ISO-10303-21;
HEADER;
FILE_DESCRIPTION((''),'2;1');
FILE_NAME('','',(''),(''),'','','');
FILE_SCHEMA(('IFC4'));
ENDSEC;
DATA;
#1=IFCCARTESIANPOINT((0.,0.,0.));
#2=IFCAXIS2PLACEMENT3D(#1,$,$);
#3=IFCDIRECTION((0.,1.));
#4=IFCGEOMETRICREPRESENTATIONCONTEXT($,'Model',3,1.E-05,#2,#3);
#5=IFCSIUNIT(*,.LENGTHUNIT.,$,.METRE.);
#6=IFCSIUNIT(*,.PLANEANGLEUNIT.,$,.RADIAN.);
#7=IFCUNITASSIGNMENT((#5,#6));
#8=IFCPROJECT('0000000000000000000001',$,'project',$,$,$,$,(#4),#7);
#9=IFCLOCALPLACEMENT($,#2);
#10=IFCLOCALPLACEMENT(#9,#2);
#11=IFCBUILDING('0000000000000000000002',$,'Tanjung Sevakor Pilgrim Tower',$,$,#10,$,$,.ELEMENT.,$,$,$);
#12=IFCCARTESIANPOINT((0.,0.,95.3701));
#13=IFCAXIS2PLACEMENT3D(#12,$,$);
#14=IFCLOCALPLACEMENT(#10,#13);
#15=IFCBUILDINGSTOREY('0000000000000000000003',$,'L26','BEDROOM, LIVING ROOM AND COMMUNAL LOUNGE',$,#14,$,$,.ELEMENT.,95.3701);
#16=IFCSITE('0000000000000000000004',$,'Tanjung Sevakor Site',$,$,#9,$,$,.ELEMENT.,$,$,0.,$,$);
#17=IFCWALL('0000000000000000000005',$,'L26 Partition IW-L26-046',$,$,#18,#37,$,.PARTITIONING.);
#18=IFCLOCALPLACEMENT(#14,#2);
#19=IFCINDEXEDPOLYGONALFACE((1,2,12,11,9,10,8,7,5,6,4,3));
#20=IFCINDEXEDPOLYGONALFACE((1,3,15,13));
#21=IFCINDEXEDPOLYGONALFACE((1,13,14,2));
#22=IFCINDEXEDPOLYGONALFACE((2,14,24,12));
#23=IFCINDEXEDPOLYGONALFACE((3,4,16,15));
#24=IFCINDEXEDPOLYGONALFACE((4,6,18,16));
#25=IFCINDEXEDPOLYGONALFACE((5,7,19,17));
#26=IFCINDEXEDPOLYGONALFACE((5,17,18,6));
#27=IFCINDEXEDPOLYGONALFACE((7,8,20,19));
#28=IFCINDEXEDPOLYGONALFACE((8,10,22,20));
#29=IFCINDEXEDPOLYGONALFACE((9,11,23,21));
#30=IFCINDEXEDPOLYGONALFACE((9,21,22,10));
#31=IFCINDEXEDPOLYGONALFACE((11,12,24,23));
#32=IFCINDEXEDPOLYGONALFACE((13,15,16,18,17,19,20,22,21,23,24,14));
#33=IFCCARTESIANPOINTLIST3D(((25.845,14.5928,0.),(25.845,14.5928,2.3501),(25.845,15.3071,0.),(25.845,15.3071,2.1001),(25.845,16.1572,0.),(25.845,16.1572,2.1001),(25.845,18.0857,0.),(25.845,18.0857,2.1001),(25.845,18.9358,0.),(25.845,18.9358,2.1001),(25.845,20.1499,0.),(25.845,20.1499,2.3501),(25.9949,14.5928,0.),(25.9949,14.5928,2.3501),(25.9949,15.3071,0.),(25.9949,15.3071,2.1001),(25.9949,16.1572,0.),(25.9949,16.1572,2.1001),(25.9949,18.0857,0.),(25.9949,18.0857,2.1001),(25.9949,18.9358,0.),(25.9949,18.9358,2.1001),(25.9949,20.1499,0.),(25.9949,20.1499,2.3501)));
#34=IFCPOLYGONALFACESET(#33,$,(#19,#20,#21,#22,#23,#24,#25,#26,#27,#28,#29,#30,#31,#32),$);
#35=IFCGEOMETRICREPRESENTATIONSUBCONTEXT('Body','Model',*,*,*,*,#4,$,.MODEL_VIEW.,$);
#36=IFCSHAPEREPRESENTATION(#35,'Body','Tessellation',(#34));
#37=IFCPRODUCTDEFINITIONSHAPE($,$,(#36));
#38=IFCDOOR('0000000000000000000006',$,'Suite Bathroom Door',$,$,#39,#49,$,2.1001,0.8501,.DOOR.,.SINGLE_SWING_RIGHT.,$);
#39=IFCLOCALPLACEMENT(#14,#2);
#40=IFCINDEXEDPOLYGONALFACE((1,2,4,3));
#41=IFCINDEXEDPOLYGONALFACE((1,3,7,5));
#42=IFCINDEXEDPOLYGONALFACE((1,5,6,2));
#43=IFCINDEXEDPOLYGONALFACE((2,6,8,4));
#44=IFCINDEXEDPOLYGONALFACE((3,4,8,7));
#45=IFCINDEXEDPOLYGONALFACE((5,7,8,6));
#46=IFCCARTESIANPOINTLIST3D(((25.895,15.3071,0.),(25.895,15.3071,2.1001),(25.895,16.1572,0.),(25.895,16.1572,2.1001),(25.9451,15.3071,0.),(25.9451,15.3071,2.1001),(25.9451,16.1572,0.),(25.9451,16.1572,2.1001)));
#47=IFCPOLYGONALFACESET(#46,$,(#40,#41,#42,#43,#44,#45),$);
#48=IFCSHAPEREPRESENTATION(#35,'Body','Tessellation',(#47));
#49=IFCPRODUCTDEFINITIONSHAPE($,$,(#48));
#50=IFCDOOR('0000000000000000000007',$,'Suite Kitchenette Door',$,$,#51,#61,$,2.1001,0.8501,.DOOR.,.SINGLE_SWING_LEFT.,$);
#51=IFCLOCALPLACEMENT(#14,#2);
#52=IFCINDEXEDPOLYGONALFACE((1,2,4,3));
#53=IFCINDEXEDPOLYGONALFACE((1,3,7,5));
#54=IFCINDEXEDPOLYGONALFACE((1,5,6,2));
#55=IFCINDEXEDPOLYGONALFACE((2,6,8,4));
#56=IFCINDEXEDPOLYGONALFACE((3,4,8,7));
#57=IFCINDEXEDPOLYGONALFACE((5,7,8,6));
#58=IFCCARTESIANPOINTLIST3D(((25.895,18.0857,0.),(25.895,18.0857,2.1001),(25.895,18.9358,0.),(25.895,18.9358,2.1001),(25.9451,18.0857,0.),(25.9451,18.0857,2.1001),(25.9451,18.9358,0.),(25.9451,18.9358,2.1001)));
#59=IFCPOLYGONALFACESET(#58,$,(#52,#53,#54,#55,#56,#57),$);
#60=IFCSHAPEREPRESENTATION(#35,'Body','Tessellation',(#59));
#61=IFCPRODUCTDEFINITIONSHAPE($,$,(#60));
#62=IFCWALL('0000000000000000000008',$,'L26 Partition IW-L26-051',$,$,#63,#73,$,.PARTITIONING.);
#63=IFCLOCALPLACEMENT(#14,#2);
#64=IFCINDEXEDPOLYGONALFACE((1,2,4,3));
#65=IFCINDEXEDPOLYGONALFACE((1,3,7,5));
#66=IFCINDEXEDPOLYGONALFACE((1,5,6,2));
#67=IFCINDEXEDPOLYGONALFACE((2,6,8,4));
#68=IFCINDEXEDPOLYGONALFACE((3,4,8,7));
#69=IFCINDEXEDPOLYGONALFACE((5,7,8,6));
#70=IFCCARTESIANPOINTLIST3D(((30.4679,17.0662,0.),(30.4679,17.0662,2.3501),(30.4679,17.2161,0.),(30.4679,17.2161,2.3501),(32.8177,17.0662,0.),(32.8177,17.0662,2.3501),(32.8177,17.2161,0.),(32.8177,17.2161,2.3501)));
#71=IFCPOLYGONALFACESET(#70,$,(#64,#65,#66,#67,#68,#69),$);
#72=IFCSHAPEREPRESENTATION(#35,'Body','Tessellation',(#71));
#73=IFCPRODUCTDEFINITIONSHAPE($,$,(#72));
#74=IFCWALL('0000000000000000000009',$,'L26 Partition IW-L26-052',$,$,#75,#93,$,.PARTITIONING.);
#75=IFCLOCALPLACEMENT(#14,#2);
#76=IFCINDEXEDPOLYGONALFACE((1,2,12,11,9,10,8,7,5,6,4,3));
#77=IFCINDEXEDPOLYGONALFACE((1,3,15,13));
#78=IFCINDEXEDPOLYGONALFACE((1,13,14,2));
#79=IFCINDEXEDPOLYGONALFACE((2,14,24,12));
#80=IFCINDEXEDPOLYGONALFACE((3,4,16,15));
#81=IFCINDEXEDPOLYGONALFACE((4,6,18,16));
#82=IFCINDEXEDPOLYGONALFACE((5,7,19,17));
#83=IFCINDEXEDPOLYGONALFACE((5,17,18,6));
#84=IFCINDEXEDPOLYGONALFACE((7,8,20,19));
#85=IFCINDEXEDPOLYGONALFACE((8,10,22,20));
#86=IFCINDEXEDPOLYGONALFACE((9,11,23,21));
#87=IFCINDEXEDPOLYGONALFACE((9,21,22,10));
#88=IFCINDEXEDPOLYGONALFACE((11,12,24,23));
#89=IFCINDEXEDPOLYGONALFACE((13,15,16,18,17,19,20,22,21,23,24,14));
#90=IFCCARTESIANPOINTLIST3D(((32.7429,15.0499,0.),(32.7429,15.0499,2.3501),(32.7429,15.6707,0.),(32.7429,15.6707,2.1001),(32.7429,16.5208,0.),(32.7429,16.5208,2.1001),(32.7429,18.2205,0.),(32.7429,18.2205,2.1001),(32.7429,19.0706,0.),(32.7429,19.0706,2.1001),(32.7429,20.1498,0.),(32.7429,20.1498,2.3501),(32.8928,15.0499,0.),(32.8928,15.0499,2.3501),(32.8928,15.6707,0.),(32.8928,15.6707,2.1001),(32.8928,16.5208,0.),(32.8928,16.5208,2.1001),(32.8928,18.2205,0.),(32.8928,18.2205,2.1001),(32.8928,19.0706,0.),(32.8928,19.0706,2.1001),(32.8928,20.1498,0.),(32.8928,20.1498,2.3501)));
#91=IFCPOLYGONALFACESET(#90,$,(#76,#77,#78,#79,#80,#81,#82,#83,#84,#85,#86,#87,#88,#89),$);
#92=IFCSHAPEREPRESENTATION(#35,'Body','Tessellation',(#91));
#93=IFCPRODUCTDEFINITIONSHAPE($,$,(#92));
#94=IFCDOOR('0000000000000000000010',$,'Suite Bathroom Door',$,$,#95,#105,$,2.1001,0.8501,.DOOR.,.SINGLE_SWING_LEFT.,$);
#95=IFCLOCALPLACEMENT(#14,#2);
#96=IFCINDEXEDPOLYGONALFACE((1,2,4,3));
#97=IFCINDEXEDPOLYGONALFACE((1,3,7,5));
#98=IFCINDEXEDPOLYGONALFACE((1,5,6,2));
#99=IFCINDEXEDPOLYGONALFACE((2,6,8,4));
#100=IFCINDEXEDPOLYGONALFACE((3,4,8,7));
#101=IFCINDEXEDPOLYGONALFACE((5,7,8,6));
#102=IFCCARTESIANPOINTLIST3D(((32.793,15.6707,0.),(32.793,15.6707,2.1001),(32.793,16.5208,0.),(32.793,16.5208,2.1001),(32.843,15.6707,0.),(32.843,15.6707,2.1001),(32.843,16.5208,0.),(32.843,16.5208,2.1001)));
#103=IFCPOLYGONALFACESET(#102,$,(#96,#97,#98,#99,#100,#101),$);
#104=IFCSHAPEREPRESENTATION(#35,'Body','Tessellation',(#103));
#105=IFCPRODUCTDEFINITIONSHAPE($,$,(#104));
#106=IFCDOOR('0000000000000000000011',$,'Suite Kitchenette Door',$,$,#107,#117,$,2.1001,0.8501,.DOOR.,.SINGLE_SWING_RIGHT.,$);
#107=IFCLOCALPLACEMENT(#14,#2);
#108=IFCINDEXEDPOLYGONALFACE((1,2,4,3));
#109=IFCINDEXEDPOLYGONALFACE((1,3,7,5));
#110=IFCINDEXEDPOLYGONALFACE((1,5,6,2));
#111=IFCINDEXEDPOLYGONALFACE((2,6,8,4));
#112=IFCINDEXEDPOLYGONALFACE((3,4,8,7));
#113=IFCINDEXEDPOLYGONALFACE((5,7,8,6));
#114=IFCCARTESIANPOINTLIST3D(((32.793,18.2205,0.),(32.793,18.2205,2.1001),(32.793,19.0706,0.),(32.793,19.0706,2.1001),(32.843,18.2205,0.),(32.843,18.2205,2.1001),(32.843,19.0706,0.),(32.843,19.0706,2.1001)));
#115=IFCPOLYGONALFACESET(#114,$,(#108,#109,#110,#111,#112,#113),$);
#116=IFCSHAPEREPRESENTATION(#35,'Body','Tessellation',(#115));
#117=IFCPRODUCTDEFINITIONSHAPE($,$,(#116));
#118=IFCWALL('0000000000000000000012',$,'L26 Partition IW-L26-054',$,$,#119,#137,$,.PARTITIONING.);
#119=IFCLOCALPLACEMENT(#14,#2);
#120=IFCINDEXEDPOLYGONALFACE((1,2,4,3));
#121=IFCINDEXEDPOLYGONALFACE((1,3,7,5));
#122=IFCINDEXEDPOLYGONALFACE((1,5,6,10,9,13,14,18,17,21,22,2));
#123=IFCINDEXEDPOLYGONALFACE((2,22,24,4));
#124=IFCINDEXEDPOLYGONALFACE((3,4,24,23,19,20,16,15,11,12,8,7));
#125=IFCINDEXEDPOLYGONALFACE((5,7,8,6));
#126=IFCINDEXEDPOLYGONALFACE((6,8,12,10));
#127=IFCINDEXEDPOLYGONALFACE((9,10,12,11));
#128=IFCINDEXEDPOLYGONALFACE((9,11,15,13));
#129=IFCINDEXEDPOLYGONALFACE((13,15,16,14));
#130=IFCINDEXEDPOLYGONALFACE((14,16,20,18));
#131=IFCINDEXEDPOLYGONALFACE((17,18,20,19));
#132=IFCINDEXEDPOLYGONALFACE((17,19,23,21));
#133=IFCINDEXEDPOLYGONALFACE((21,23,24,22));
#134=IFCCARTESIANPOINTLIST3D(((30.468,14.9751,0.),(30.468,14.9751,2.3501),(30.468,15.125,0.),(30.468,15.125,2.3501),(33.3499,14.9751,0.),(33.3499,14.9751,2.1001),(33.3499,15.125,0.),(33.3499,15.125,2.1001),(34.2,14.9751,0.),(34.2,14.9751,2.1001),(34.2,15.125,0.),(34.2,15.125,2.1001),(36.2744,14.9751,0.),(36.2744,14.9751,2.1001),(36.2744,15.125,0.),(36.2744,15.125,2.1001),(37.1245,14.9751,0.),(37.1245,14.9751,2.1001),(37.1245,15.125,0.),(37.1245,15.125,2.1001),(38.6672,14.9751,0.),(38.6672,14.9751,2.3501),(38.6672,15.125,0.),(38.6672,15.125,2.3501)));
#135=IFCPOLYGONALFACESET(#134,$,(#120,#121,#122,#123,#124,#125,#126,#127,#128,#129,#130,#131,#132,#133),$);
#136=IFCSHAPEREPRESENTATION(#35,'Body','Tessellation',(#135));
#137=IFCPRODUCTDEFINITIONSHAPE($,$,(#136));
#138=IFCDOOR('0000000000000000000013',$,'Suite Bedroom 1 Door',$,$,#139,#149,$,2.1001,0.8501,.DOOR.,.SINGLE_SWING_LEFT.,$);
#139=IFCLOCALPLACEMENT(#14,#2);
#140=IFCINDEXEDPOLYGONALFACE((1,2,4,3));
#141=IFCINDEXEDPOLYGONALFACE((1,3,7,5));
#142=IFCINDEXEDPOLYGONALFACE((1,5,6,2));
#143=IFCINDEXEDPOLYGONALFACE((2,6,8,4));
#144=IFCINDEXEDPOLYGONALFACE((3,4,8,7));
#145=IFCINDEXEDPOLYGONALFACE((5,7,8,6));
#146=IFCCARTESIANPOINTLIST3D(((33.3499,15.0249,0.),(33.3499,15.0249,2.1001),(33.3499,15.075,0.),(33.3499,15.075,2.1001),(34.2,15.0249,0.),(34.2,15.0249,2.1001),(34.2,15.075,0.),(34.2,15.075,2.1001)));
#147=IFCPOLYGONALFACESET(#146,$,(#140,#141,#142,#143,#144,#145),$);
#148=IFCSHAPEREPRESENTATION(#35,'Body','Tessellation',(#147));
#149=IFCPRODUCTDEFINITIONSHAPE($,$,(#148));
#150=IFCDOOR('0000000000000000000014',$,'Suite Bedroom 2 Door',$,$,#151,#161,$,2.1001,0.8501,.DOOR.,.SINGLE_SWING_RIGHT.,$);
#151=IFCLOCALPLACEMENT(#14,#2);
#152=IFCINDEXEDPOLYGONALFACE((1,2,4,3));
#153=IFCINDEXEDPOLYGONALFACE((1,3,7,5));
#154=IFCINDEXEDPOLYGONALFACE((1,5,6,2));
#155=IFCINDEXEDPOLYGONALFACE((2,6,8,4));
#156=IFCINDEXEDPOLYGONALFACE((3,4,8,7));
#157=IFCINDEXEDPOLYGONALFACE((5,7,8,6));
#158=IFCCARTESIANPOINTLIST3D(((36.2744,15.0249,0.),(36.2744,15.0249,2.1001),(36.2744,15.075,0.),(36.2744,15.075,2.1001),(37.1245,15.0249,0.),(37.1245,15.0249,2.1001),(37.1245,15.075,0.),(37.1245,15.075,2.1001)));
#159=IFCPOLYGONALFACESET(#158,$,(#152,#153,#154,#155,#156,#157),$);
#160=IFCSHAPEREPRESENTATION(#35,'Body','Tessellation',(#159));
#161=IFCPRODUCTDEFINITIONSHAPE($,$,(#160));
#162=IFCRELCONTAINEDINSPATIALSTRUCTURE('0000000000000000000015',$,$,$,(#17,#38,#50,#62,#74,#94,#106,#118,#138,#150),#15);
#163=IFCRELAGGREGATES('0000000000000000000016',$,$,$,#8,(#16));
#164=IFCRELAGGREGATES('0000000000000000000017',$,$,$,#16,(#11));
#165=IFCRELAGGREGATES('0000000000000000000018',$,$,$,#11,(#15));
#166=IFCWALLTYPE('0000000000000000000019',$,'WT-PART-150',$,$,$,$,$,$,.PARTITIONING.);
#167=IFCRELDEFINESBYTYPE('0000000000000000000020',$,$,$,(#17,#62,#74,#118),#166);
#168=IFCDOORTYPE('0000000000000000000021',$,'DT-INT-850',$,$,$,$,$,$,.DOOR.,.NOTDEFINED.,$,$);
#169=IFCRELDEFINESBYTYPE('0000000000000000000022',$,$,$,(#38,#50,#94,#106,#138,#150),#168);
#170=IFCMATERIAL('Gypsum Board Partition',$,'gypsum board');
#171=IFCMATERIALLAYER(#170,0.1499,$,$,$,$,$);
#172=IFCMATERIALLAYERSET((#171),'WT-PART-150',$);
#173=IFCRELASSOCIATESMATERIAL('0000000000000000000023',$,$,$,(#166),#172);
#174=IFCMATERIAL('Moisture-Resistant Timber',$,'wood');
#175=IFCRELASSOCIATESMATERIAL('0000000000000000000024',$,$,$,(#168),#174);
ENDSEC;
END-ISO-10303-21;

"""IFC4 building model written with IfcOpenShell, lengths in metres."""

from ifc_helpers import new_model, si_unit, direction, frame, frame_2d, origin, place, context, subcontext, project, spatial, rectangle, extrude, material, layer, layer_set, type_object, element, fill, save


model = new_model("IFC4")

# Units and contexts
model_context = context("Model", 3, precision=1e-05, world=origin(), true_north=direction((0.0, 1.0)))
body_context = subcontext(model_context, "Body", "Model", "MODEL_VIEW")
ifc_project = project(units=[si_unit("LENGTHUNIT", "METRE"), si_unit("PLANEANGLEUNIT", "RADIAN")], contexts=[model_context])

# Site, building, storey
site_placement = place(None, origin())
site = spatial("IfcSite", under=ifc_project, at=site_placement, Name="Tanjung Sevakor Site", CompositionType="ELEMENT", RefElevation=0.0)
building_placement = place(site_placement, origin())
building = spatial("IfcBuilding", under=site, at=building_placement, Name="Tanjung Sevakor Pilgrim Tower", CompositionType="ELEMENT")
storey_placement = place(building_placement, frame((0.0, 0.0, 95.3701)))
storey = spatial("IfcBuildingStorey", under=building, at=storey_placement, Name="L26", Description="BEDROOM, LIVING ROOM AND COMMUNAL LOUNGE", CompositionType="ELEMENT", Elevation=95.3701)

# Wall, openings, doors
ifc_material_1 = material(Name="Gypsum Board Partition", Category="gypsum board")
ifc_layer_1 = layer(ifc_material_1, 0.1499)
ifc_layer_set_1 = layer_set([ifc_layer_1], Name="WT-PART-150")
wall_type_1 = type_object("IfcWallType", Name="WT-PART-150", PredefinedType="PARTITIONING", material=ifc_layer_set_1)
wall_1_placement = place(storey_placement, frame((25.9199, 14.5928, 0.0), z_axis=(0.0, 0.0, 1.0), x_axis=(0.0, 1.0, 0.0)))
wall_1 = element("IfcWall", 1, at=wall_1_placement, inside=storey, type_object=wall_type_1, Name="L26 Partition IW-L26-046", PredefinedType="PARTITIONING", context=body_context, shape_type="SweptSolid", body=[
    extrude(rectangle(XDim=5.5571, YDim=0.1499, at=frame_2d((2.7786, 0.0))), origin(), (0.0, 0.0, 1.0), 2.3501),
])
opening_1_placement = place(wall_1_placement, frame((0.7144, 0.0, 0.0)))
opening_1 = element("IfcOpeningElement", 2, at=opening_1_placement, cuts=wall_1, PredefinedType="OPENING", context=body_context, shape_type="SweptSolid", body=[
    extrude(rectangle(XDim=0.8501, YDim=2.1001, at=frame_2d((0.425, 1.05))), frame((0.0, 0.085, 0.0), z_axis=(0.0, -1.0, 0.0), x_axis=(1.0, 0.0, 0.0)), (0.0, 0.0, 1.0), 0.1699),
])
opening_2_placement = place(wall_1_placement, frame((3.4929, 0.0, 0.0)))
opening_2 = element("IfcOpeningElement", 3, at=opening_2_placement, cuts=wall_1, PredefinedType="OPENING", context=body_context, shape_type="SweptSolid", body=[
    extrude(rectangle(XDim=0.8501, YDim=2.1001, at=frame_2d((0.425, 1.05))), frame((0.0, 0.085, 0.0), z_axis=(0.0, -1.0, 0.0), x_axis=(1.0, 0.0, 0.0)), (0.0, 0.0, 1.0), 0.1699),
])
ifc_material_2 = material(Name="Moisture-Resistant Timber", Category="wood")
door_type_1 = type_object("IfcDoorType", Name="DT-INT-850", OperationType="NOTDEFINED", PredefinedType="DOOR", material=ifc_material_2)
door_1_placement = place(opening_1_placement, origin())
door_1 = element("IfcDoor", 4, at=door_1_placement, inside=storey, type_object=door_type_1, Name="Suite Bathroom Door", OperationType="SINGLE_SWING_RIGHT", OverallHeight=2.1001, OverallWidth=0.8501, PredefinedType="DOOR", context=body_context, shape_type="SweptSolid", body=[
    extrude(rectangle(XDim=0.8501, YDim=2.1001, at=frame_2d((0.425, 1.05))), frame((0.0, 0.0249, 0.0), z_axis=(0.0, -1.0, 0.0), x_axis=(1.0, 0.0, 0.0)), (0.0, 0.0, 1.0), 0.05),
])
fill(opening_1, door_1)
door_2_placement = place(opening_2_placement, origin())
door_2 = element("IfcDoor", 5, at=door_2_placement, inside=storey, type_object=door_type_1, Name="Suite Kitchenette Door", OperationType="SINGLE_SWING_LEFT", OverallHeight=2.1001, OverallWidth=0.8501, PredefinedType="DOOR", context=body_context, shape_type="SweptSolid", body=[
    extrude(rectangle(XDim=0.8501, YDim=2.1001, at=frame_2d((0.425, 1.05))), frame((0.0, 0.0249, 0.0), z_axis=(0.0, -1.0, 0.0), x_axis=(1.0, 0.0, 0.0)), (0.0, 0.0, 1.0), 0.05),
])
fill(opening_2, door_2)

# Wall
wall_2_placement = place(storey_placement, frame((30.468, 17.1411, 0.0), z_axis=(0.0, 0.0, 1.0), x_axis=(1.0, 0.0, 0.0)))
element("IfcWall", 6, at=wall_2_placement, inside=storey, type_object=wall_type_1, Name="L26 Partition IW-L26-051", PredefinedType="PARTITIONING", context=body_context, shape_type="SweptSolid", body=[
    extrude(rectangle(XDim=2.3499, YDim=0.1499, at=frame_2d((1.1748, 0.0))), origin(), (0.0, 0.0, 1.0), 2.3501),
])

# Walls, openings, doors
wall_3_placement = place(storey_placement, frame((32.8179, 15.05, 0.0), z_axis=(0.0, 0.0, 1.0), x_axis=(0.0, 1.0, 0.0)))
wall_3 = element("IfcWall", 7, at=wall_3_placement, inside=storey, type_object=wall_type_1, Name="L26 Partition IW-L26-052", PredefinedType="PARTITIONING", context=body_context, shape_type="SweptSolid", body=[
    extrude(rectangle(XDim=5.0999, YDim=0.1499, at=frame_2d((2.5498, 0.0))), origin(), (0.0, 0.0, 1.0), 2.3501),
])
opening_3_placement = place(wall_3_placement, frame((0.6206, 0.0, 0.0)))
opening_3 = element("IfcOpeningElement", 8, at=opening_3_placement, cuts=wall_3, PredefinedType="OPENING", context=body_context, shape_type="SweptSolid", body=[
    extrude(rectangle(XDim=0.8501, YDim=2.1001, at=frame_2d((0.425, 1.05))), frame((0.0, 0.085, 0.0), z_axis=(0.0, -1.0, 0.0), x_axis=(1.0, 0.0, 0.0)), (0.0, 0.0, 1.0), 0.1699),
])
opening_4_placement = place(wall_3_placement, frame((3.1704, 0.0, 0.0)))
opening_4 = element("IfcOpeningElement", 9, at=opening_4_placement, cuts=wall_3, PredefinedType="OPENING", context=body_context, shape_type="SweptSolid", body=[
    extrude(rectangle(XDim=0.8501, YDim=2.1001, at=frame_2d((0.425, 1.05))), frame((0.0, 0.085, 0.0), z_axis=(0.0, -1.0, 0.0), x_axis=(1.0, 0.0, 0.0)), (0.0, 0.0, 1.0), 0.1699),
])
door_3_placement = place(opening_3_placement, origin())
door_3 = element("IfcDoor", 10, at=door_3_placement, inside=storey, type_object=door_type_1, Name="Suite Bathroom Door", OperationType="SINGLE_SWING_LEFT", OverallHeight=2.1001, OverallWidth=0.8501, PredefinedType="DOOR", context=body_context, shape_type="SweptSolid", body=[
    extrude(rectangle(XDim=0.8501, YDim=2.1001, at=frame_2d((0.425, 1.05))), frame((0.0, 0.0249, 0.0), z_axis=(0.0, -1.0, 0.0), x_axis=(1.0, 0.0, 0.0)), (0.0, 0.0, 1.0), 0.05),
])
fill(opening_3, door_3)
door_4_placement = place(opening_4_placement, origin())
door_4 = element("IfcDoor", 11, at=door_4_placement, inside=storey, type_object=door_type_1, Name="Suite Kitchenette Door", OperationType="SINGLE_SWING_RIGHT", OverallHeight=2.1001, OverallWidth=0.8501, PredefinedType="DOOR", context=body_context, shape_type="SweptSolid", body=[
    extrude(rectangle(XDim=0.8501, YDim=2.1001, at=frame_2d((0.425, 1.05))), frame((0.0, 0.0249, 0.0), z_axis=(0.0, -1.0, 0.0), x_axis=(1.0, 0.0, 0.0)), (0.0, 0.0, 1.0), 0.05),
])
fill(opening_4, door_4)
wall_4_placement = place(storey_placement, frame((30.468, 15.05, 0.0), z_axis=(0.0, 0.0, 1.0), x_axis=(1.0, 0.0, 0.0)))
wall_4 = element("IfcWall", 12, at=wall_4_placement, inside=storey, type_object=wall_type_1, Name="L26 Partition IW-L26-054", PredefinedType="PARTITIONING", context=body_context, shape_type="SweptSolid", body=[
    extrude(rectangle(XDim=8.1992, YDim=0.1499, at=frame_2d((4.0996, 0.0))), origin(), (0.0, 0.0, 1.0), 2.3501),
])
opening_5_placement = place(wall_4_placement, frame((2.8818, 0.0, 0.0)))
opening_5 = element("IfcOpeningElement", 13, at=opening_5_placement, cuts=wall_4, PredefinedType="OPENING", context=body_context, shape_type="SweptSolid", body=[
    extrude(rectangle(XDim=0.8501, YDim=2.1001, at=frame_2d((0.425, 1.05))), frame((0.0, 0.085, 0.0), z_axis=(0.0, -1.0, 0.0), x_axis=(1.0, 0.0, 0.0)), (0.0, 0.0, 1.0), 0.1699),
])
opening_6_placement = place(wall_4_placement, frame((5.8064, 0.0, 0.0)))
opening_6 = element("IfcOpeningElement", 14, at=opening_6_placement, cuts=wall_4, PredefinedType="OPENING", context=body_context, shape_type="SweptSolid", body=[
    extrude(rectangle(XDim=0.8501, YDim=2.1001, at=frame_2d((0.425, 1.05))), frame((0.0, 0.085, 0.0), z_axis=(0.0, -1.0, 0.0), x_axis=(1.0, 0.0, 0.0)), (0.0, 0.0, 1.0), 0.1699),
])
door_5_placement = place(opening_5_placement, origin())
door_5 = element("IfcDoor", 15, at=door_5_placement, inside=storey, type_object=door_type_1, Name="Suite Bedroom 1 Door", OperationType="SINGLE_SWING_LEFT", OverallHeight=2.1001, OverallWidth=0.8501, PredefinedType="DOOR", context=body_context, shape_type="SweptSolid", body=[
    extrude(rectangle(XDim=0.8501, YDim=2.1001, at=frame_2d((0.425, 1.05))), frame((0.0, 0.0249, 0.0), z_axis=(0.0, -1.0, 0.0), x_axis=(1.0, 0.0, 0.0)), (0.0, 0.0, 1.0), 0.05),
])
fill(opening_5, door_5)
door_6_placement = place(opening_6_placement, origin())
door_6 = element("IfcDoor", 16, at=door_6_placement, inside=storey, type_object=door_type_1, Name="Suite Bedroom 2 Door", OperationType="SINGLE_SWING_RIGHT", OverallHeight=2.1001, OverallWidth=0.8501, PredefinedType="DOOR", context=body_context, shape_type="SweptSolid", body=[
    extrude(rectangle(XDim=0.8501, YDim=2.1001, at=frame_2d((0.425, 1.05))), frame((0.0, 0.0249, 0.0), z_axis=(0.0, -1.0, 0.0), x_axis=(1.0, 0.0, 0.0)), (0.0, 0.0, 1.0), 0.05),
])
fill(opening_6, door_6)

save(model, "model.ifc")
